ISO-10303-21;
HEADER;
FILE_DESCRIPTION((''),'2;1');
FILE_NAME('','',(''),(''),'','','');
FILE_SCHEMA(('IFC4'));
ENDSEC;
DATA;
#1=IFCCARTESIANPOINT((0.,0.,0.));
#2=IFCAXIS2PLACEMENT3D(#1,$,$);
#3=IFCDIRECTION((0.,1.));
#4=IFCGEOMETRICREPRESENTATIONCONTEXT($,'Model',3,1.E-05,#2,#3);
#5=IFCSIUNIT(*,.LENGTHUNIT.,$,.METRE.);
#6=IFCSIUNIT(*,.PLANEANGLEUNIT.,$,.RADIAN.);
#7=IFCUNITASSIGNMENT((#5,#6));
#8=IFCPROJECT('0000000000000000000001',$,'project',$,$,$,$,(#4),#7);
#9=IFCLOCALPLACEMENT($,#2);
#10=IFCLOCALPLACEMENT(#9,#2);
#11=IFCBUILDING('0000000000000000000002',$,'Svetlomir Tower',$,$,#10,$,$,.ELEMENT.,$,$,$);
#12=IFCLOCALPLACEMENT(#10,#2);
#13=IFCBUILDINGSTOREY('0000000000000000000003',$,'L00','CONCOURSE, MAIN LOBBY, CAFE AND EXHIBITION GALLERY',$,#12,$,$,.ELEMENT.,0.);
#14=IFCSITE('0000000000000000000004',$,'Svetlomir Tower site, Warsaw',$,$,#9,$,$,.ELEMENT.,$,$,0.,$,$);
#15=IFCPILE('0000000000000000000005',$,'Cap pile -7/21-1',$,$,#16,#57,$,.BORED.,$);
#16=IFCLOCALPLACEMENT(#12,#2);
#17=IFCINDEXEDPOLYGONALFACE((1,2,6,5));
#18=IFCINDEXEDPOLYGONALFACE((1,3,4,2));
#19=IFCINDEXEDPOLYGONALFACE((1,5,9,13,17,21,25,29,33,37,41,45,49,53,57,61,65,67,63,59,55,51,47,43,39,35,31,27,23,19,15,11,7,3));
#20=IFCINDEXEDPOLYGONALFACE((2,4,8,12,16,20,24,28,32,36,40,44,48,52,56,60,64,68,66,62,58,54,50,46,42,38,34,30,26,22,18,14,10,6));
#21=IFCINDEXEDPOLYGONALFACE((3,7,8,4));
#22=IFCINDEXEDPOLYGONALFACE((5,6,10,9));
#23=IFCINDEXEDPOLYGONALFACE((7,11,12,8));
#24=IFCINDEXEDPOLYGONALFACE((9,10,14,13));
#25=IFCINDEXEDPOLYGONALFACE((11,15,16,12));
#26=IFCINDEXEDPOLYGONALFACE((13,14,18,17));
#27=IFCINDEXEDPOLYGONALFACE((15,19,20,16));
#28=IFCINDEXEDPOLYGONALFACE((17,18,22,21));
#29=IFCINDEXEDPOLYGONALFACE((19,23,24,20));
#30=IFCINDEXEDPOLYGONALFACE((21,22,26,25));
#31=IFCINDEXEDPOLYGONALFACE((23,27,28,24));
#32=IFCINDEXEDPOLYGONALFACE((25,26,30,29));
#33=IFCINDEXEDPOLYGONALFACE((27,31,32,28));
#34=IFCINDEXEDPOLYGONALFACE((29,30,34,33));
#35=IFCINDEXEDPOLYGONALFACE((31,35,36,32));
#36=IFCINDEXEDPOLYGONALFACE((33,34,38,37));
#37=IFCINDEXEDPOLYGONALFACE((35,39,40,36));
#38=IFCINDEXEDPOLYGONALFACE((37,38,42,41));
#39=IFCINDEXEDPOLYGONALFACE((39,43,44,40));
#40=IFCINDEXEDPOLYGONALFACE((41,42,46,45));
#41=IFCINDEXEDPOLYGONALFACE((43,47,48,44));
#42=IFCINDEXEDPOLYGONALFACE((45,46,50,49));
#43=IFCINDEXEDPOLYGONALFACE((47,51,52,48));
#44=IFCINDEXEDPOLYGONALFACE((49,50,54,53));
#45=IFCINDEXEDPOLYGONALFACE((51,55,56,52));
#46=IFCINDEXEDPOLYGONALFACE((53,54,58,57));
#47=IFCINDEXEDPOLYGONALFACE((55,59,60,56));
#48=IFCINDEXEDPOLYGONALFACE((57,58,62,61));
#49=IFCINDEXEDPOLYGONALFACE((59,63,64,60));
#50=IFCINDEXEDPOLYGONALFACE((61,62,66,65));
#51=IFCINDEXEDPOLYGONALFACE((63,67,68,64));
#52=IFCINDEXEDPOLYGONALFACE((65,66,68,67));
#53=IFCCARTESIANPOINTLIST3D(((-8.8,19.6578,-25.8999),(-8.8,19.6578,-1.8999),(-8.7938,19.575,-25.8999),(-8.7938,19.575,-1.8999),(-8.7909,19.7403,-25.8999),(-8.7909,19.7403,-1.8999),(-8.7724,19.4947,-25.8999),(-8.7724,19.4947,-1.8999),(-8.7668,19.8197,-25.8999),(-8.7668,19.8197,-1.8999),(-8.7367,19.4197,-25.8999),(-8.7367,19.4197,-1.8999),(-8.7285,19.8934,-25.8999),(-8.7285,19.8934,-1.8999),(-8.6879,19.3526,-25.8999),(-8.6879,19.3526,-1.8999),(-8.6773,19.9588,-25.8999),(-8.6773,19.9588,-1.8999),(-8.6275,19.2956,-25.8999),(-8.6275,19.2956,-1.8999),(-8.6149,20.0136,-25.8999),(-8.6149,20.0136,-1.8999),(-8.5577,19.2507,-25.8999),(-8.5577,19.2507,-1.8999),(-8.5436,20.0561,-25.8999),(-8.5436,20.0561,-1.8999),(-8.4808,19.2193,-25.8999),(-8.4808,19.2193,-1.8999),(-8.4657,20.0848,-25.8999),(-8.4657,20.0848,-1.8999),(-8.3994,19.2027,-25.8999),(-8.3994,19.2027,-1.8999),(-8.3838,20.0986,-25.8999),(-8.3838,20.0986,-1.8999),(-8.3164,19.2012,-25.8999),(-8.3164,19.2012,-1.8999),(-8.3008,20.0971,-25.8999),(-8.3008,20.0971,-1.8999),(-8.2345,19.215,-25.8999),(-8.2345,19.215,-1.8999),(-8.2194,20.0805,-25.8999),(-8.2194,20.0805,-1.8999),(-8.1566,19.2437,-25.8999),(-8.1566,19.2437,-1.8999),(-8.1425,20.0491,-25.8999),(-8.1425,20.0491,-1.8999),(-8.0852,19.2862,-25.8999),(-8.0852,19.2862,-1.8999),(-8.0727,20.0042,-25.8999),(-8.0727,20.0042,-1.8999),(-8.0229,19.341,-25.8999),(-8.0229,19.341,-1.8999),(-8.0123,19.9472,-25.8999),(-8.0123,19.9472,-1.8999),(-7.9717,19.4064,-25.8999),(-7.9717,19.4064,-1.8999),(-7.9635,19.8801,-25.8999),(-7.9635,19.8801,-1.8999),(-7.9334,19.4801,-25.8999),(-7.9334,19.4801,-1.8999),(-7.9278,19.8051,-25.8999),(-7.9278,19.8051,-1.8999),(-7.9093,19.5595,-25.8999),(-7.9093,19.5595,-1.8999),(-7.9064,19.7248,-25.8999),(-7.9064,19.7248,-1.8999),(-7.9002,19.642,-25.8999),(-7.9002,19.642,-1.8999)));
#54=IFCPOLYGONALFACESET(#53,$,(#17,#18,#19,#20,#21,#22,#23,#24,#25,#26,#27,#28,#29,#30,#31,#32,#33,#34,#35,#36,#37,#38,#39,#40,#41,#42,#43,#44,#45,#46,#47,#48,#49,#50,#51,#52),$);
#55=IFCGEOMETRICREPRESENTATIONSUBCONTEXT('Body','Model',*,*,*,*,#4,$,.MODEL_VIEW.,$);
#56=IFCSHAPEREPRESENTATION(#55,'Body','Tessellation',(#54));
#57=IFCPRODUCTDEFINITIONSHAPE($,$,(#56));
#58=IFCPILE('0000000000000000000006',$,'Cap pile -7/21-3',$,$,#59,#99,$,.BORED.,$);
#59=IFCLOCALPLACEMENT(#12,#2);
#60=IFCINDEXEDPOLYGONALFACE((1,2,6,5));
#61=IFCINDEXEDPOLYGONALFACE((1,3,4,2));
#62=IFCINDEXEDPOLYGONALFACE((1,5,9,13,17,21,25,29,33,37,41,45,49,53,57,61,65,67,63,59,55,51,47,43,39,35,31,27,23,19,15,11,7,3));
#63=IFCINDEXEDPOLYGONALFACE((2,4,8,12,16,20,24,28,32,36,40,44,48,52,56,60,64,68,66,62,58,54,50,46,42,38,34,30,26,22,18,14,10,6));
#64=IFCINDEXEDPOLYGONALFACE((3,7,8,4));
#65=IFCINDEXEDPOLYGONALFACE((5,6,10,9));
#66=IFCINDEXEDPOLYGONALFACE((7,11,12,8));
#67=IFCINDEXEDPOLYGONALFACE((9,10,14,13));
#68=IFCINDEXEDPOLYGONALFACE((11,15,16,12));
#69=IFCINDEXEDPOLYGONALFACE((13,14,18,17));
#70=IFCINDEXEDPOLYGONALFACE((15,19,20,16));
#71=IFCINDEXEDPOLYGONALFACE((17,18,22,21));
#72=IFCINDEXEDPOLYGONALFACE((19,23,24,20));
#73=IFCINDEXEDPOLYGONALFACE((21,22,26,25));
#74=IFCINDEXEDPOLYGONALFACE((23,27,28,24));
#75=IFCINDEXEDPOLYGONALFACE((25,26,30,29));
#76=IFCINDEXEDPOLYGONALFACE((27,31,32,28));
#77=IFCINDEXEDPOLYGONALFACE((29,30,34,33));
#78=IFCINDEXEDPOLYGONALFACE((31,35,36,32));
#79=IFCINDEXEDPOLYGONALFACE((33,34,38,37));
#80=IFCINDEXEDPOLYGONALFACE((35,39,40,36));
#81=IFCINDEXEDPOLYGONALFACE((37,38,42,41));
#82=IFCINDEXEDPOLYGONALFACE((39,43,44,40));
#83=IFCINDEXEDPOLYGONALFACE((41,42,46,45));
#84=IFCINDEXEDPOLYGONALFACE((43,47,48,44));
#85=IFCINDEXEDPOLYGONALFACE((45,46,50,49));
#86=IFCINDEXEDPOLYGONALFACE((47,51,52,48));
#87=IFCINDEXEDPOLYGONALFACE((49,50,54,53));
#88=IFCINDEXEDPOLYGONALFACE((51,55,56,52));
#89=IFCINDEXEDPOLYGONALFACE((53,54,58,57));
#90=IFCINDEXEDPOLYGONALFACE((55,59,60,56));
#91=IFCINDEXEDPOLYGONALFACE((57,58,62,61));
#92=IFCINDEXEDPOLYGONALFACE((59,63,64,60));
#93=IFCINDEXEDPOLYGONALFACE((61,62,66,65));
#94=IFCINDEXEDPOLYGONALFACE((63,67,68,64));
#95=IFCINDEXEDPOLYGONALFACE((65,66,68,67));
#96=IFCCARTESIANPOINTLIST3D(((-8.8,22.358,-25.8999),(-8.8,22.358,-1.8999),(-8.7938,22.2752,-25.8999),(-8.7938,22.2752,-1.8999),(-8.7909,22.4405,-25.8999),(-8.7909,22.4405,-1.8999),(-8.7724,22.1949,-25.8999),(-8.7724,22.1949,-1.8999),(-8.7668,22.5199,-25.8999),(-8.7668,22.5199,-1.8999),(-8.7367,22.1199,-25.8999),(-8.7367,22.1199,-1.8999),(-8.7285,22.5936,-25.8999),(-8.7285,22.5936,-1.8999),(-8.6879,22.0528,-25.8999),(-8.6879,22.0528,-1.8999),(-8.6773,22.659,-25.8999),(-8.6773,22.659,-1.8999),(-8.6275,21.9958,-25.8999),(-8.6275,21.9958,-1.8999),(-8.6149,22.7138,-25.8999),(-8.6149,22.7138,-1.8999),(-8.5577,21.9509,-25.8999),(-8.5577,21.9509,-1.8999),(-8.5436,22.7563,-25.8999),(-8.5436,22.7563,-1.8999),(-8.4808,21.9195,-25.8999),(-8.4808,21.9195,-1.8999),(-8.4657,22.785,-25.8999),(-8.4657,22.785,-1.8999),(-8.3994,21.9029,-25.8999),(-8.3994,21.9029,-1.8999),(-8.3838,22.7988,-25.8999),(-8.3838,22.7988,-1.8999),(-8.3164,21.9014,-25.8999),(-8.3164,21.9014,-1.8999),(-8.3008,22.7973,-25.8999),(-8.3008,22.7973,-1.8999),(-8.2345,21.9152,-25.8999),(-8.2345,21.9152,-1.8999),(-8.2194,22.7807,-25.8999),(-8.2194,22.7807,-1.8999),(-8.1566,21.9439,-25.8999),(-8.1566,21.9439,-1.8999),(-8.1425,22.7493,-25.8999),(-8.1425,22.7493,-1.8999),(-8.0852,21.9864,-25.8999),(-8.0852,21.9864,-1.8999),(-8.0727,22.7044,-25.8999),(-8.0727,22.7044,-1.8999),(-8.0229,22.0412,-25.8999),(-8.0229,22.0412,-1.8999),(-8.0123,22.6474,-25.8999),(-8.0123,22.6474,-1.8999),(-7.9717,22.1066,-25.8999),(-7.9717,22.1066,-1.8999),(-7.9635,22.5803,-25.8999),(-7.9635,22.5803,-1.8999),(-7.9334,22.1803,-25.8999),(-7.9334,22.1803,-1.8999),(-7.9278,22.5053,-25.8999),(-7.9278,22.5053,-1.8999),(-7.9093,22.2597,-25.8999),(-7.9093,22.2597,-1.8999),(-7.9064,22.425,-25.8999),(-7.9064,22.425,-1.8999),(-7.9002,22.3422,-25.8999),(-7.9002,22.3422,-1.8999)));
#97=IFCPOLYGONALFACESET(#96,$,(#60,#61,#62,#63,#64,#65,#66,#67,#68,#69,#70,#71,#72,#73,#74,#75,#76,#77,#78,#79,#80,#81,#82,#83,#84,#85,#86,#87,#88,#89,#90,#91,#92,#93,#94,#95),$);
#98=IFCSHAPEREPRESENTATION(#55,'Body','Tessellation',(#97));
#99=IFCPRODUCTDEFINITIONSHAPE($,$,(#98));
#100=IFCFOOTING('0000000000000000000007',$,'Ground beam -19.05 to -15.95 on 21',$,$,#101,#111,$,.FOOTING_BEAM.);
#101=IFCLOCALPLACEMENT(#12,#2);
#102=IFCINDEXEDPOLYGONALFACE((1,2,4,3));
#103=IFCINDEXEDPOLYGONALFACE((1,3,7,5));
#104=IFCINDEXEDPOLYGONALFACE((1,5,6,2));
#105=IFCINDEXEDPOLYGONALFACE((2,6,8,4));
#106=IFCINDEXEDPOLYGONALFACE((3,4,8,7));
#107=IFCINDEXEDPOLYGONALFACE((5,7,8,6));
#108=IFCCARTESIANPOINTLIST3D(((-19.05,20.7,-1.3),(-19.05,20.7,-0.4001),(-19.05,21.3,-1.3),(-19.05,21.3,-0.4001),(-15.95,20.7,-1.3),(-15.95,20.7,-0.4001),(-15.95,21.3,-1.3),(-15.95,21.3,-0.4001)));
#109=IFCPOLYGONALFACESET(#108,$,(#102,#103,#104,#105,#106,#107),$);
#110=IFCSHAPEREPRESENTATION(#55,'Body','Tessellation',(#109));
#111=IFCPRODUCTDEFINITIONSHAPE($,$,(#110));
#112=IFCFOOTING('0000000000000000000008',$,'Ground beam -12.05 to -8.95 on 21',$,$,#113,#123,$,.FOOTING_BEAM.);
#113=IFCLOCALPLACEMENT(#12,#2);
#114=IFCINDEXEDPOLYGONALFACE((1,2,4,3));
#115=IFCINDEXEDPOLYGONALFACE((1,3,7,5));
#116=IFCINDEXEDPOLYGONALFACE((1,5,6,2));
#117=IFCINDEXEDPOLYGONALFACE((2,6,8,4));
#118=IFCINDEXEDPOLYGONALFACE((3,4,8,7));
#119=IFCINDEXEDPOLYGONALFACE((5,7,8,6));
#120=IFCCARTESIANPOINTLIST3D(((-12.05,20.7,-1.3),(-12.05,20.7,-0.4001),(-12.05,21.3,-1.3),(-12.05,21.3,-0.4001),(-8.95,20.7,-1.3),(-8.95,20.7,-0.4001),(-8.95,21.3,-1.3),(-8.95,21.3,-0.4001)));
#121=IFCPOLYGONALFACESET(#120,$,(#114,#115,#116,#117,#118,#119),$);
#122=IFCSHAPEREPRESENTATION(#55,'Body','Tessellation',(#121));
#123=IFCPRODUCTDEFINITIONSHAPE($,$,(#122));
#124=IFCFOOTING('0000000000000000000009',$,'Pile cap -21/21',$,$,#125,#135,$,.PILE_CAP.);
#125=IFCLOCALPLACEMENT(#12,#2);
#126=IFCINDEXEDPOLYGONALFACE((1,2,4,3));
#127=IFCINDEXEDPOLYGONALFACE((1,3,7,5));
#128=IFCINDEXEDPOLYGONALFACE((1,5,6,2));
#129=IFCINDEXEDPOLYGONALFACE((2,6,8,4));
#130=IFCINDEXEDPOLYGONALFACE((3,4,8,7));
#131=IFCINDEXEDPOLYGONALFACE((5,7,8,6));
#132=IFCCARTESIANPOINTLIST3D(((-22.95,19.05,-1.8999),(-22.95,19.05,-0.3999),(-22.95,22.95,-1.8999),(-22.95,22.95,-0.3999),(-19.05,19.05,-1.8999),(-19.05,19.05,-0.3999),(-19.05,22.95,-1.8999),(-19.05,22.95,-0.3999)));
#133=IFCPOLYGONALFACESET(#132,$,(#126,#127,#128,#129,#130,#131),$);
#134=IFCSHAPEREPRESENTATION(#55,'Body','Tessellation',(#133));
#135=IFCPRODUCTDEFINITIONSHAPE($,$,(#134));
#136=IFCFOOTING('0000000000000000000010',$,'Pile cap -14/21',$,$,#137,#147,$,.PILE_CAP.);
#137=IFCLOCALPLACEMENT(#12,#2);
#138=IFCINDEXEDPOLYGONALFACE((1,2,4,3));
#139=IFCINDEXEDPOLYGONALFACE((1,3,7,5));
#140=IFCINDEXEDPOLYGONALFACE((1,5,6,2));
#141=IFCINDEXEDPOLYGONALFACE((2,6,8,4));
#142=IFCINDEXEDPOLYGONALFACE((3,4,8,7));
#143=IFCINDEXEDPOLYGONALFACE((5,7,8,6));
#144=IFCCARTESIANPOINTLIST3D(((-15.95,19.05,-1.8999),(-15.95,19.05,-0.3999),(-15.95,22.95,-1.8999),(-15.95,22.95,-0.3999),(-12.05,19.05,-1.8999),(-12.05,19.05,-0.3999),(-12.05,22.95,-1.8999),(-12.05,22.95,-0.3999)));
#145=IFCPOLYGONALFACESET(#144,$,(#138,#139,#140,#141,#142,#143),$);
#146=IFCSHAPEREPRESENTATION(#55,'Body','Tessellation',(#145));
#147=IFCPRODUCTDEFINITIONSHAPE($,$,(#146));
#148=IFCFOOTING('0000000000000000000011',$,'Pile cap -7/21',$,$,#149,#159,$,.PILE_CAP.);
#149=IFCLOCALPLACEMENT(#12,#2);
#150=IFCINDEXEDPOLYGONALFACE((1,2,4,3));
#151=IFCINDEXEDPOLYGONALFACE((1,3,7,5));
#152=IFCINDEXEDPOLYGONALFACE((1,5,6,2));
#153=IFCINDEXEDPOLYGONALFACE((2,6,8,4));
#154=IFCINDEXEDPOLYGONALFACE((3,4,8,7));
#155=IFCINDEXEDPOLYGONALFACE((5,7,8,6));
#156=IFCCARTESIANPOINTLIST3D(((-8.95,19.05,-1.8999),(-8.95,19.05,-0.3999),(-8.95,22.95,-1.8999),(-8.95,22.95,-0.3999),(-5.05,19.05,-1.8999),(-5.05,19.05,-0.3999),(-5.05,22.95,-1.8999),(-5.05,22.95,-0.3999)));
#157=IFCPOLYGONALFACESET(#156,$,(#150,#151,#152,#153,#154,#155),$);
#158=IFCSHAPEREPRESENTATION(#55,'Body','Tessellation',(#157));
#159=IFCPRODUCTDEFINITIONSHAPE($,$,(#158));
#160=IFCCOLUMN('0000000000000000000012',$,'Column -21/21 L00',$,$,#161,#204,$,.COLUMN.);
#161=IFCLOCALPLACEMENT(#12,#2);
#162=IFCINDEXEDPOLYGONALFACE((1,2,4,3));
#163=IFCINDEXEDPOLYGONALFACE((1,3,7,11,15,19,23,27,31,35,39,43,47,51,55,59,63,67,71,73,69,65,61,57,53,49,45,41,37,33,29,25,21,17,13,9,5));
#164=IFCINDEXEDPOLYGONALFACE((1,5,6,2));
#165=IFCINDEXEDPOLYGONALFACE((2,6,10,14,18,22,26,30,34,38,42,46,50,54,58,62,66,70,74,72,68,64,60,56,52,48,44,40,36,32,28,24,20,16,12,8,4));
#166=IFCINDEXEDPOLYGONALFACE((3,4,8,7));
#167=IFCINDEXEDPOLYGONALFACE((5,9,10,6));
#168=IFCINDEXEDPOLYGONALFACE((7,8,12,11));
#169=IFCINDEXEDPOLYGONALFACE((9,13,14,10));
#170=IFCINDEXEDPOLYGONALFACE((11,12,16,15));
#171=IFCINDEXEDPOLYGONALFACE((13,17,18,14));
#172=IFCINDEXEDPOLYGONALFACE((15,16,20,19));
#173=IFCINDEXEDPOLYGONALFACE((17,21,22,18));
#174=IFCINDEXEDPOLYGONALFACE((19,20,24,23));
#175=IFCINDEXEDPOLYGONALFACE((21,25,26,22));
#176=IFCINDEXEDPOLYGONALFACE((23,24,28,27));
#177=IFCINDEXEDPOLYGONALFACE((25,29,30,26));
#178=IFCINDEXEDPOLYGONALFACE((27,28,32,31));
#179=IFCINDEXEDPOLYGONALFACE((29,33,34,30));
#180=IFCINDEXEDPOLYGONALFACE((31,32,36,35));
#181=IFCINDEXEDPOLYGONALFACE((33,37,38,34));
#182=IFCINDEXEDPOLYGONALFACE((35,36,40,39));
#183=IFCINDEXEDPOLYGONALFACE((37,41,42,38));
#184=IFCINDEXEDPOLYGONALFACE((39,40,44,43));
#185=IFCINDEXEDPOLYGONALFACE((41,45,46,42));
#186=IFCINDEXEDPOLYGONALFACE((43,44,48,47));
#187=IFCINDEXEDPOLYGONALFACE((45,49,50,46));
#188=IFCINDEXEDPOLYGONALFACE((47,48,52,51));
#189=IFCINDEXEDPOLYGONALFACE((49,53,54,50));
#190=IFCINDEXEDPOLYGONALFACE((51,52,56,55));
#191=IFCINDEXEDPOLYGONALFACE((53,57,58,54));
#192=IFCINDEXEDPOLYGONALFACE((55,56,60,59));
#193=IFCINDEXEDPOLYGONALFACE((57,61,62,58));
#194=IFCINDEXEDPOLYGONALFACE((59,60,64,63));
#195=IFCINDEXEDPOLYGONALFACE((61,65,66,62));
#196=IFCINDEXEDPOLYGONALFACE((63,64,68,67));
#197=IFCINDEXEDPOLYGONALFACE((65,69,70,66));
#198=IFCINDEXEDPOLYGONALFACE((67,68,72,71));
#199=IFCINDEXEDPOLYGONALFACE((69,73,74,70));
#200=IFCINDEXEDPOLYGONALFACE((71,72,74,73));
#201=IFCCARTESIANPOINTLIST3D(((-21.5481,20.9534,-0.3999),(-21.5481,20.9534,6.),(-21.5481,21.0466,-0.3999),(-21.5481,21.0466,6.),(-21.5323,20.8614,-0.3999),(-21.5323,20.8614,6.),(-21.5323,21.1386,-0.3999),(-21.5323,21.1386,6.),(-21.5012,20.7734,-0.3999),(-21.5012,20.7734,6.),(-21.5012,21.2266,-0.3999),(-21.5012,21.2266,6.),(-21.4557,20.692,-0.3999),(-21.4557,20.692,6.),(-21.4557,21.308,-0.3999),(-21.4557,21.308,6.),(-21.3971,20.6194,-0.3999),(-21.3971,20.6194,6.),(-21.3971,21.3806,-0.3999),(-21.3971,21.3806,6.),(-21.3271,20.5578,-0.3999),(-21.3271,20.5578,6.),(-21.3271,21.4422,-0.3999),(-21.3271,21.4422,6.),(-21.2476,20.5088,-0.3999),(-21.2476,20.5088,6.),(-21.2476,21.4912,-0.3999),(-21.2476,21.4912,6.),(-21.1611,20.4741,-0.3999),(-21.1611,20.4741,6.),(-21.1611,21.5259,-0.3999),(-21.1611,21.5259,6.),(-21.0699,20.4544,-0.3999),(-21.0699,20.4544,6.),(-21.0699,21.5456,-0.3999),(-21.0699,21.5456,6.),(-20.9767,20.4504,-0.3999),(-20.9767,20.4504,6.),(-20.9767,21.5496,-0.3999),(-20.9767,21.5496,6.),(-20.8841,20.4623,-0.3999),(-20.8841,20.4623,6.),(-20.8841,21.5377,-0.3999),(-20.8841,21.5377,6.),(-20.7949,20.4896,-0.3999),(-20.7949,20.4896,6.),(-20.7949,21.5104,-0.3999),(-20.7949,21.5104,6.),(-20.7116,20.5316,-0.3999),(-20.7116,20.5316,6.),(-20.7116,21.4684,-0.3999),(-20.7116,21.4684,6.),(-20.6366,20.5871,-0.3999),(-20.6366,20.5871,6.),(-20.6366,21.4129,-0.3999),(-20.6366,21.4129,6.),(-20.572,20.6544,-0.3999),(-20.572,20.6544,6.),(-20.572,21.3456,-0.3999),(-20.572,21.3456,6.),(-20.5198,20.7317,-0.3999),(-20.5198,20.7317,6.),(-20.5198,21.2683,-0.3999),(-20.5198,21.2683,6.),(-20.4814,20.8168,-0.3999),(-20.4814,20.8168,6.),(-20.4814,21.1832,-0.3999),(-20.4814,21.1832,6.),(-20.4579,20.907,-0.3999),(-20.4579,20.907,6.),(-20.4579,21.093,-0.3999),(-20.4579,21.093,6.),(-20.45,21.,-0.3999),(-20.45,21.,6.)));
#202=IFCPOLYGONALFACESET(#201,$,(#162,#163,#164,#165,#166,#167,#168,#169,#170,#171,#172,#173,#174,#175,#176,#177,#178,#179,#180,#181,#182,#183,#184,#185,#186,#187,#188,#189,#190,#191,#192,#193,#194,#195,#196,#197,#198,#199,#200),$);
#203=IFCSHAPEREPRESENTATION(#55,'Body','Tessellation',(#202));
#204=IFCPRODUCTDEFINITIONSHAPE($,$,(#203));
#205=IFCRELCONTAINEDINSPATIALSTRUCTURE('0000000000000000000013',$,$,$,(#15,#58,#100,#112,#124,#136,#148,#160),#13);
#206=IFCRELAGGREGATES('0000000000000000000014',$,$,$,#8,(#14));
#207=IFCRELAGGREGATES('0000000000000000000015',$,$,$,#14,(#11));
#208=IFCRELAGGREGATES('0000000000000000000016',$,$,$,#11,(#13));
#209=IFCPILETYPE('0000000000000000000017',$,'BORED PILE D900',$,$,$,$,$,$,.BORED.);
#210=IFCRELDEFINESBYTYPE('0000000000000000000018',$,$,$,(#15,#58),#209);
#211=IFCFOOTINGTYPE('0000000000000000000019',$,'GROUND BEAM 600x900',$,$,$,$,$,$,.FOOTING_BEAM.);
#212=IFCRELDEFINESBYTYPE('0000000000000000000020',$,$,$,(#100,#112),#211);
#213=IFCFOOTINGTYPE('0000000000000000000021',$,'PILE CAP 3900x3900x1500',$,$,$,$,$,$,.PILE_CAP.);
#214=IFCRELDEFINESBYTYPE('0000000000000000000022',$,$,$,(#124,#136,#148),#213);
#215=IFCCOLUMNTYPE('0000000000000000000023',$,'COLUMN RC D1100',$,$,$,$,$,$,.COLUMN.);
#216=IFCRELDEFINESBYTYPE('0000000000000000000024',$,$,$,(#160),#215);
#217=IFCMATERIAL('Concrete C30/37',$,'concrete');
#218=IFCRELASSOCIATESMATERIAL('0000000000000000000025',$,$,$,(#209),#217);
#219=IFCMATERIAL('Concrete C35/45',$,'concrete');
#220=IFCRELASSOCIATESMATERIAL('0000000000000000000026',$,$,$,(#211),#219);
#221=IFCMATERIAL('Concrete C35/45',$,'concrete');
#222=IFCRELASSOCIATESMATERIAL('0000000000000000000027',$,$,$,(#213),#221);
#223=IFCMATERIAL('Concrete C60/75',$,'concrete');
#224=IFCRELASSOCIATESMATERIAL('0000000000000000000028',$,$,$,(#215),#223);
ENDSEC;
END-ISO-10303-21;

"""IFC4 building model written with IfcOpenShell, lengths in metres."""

from ifc_helpers import new_model, si_unit, direction, frame, frame_2d, origin, origin_2d, place, context, subcontext, project, spatial, rectangle, circle, extrude, material, material_profile, profile_set, type_object, element, save


model = new_model("IFC4")

# Units and contexts
model_context = context("Model", 3, precision=1e-05, world=origin(), true_north=direction((0.0, 1.0)))
body_context = subcontext(model_context, "Body", "Model", "MODEL_VIEW")
ifc_project = project(units=[si_unit("LENGTHUNIT", "METRE"), si_unit("PLANEANGLEUNIT", "RADIAN")], contexts=[model_context])

# Site, building, storey
site_placement = place(None, origin())
site = spatial("IfcSite", under=ifc_project, at=site_placement, Name="Svetlomir Tower site, Warsaw", CompositionType="ELEMENT", RefElevation=0.0)
building_placement = place(site_placement, origin())
building = spatial("IfcBuilding", under=site, at=building_placement, Name="Svetlomir Tower", CompositionType="ELEMENT")
storey_placement = place(building_placement, origin())
storey = spatial("IfcBuildingStorey", under=building, at=storey_placement, Name="L00", Description="CONCOURSE, MAIN LOBBY, CAFE AND EXHIBITION GALLERY", CompositionType="ELEMENT", Elevation=0.0)

# Piles
ifc_material_1 = material(Name="Concrete C30/37", Category="concrete")
ifc_material_profile_1 = material_profile(ifc_material_1, circle(Radius=0.45, at=origin_2d()), Name="RC D900")
ifc_profile_set_1 = profile_set([ifc_material_profile_1], Name="Concrete C30/37")
pile_type = type_object("IfcPileType", Name="BORED PILE D900", PredefinedType="BORED", material=ifc_profile_set_1)
for number, where, z_axis, x_axis, name in (
    (1, (-8.3501, 19.6499, -1.8999), (0.0, 0.0, -1.0), (1.0, 0.0, 0.0), "Cap pile -7/21-1"),
    (2, (-8.3501, 22.3501, -1.8999), (0.0, 0.0, -1.0), (1.0, 0.0, 0.0), "Cap pile -7/21-3"),
):
    element("IfcPile", number, at=place(storey_placement, frame(where, z_axis=z_axis, x_axis=x_axis)), inside=storey, type_object=pile_type, Name=name, PredefinedType="BORED", context=body_context, shape_type="SweptSolid", body=[
        extrude(circle(Radius=0.45, at=frame_2d((0.0, 0.0), x_axis=(0.999848, 0.017452))), origin(), (0.0, 0.0, 1.0), 24.0),
    ])

# Footings
ifc_material_2 = material(Name="Concrete C35/45", Category="concrete")
footing_type_1 = type_object("IfcFootingType", Name="GROUND BEAM 600x900", PredefinedType="FOOTING_BEAM", material=ifc_material_2)
for number, where, z_axis, x_axis, name in (
    (3, (-17.5, 21.0, -1.3), (0.0, 0.0, 1.0), (1.0, 0.0, 0.0), "Ground beam -19.05 to -15.95 on 21"),
    (4, (-10.5, 21.0, -1.3), (0.0, 0.0, 1.0), (1.0, 0.0, 0.0), "Ground beam -12.05 to -8.95 on 21"),
):
    element("IfcFooting", number, at=place(storey_placement, frame(where, z_axis=z_axis, x_axis=x_axis)), inside=storey, type_object=footing_type_1, Name=name, PredefinedType="FOOTING_BEAM", context=body_context, shape_type="SweptSolid", body=[
        extrude(rectangle(XDim=3.1001, YDim=0.6001, at=origin_2d()), origin(), (0.0, 0.0, 1.0), 0.8999),
    ])
ifc_material_3 = material(Name="Concrete C35/45", Category="concrete")
footing_type_2 = type_object("IfcFootingType", Name="PILE CAP 3900x3900x1500", PredefinedType="PILE_CAP", material=ifc_material_3)
for number, where, z_axis, x_axis, name in (
    (5, (-21.0, 21.0, -1.8999), (0.0, 0.0, 1.0), (1.0, 0.0, 0.0), "Pile cap -21/21"),
    (6, (-14.0, 21.0, -1.8999), (0.0, 0.0, 1.0), (1.0, 0.0, 0.0), "Pile cap -14/21"),
    (7, (-7.0, 21.0, -1.8999), (0.0, 0.0, 1.0), (1.0, 0.0, 0.0), "Pile cap -7/21"),
):
    element("IfcFooting", number, at=place(storey_placement, frame(where, z_axis=z_axis, x_axis=x_axis)), inside=storey, type_object=footing_type_2, Name=name, PredefinedType="PILE_CAP", context=body_context, shape_type="SweptSolid", body=[
        extrude(rectangle(XDim=3.8999, YDim=3.8999, at=origin_2d()), origin(), (0.0, 0.0, 1.0), 1.5),
    ])

# Column
ifc_material_4 = material(Name="Concrete C60/75", Category="concrete")
ifc_material_profile_2 = material_profile(ifc_material_4, circle(Radius=0.55, at=origin_2d()), Name="RC D1100")
ifc_profile_set_2 = profile_set([ifc_material_profile_2], Name="Concrete C60/75")
column_type_1 = type_object("IfcColumnType", Name="COLUMN RC D1100", PredefinedType="COLUMN", material=ifc_profile_set_2)
column_placement = place(storey_placement, frame((-21.0, 21.0, -0.3999), z_axis=(0.0, 0.0, 1.0), x_axis=(1.0, 0.0, 0.0)))
element("IfcColumn", 8, at=column_placement, inside=storey, type_object=column_type_1, Name="Column -21/21 L00", PredefinedType="COLUMN", context=body_context, shape_type="SweptSolid", body=[
    extrude(circle(Radius=0.55, at=origin_2d()), origin(), (0.0, 0.0, 1.0), 6.3999),
])

save(model, "model.ifc")
